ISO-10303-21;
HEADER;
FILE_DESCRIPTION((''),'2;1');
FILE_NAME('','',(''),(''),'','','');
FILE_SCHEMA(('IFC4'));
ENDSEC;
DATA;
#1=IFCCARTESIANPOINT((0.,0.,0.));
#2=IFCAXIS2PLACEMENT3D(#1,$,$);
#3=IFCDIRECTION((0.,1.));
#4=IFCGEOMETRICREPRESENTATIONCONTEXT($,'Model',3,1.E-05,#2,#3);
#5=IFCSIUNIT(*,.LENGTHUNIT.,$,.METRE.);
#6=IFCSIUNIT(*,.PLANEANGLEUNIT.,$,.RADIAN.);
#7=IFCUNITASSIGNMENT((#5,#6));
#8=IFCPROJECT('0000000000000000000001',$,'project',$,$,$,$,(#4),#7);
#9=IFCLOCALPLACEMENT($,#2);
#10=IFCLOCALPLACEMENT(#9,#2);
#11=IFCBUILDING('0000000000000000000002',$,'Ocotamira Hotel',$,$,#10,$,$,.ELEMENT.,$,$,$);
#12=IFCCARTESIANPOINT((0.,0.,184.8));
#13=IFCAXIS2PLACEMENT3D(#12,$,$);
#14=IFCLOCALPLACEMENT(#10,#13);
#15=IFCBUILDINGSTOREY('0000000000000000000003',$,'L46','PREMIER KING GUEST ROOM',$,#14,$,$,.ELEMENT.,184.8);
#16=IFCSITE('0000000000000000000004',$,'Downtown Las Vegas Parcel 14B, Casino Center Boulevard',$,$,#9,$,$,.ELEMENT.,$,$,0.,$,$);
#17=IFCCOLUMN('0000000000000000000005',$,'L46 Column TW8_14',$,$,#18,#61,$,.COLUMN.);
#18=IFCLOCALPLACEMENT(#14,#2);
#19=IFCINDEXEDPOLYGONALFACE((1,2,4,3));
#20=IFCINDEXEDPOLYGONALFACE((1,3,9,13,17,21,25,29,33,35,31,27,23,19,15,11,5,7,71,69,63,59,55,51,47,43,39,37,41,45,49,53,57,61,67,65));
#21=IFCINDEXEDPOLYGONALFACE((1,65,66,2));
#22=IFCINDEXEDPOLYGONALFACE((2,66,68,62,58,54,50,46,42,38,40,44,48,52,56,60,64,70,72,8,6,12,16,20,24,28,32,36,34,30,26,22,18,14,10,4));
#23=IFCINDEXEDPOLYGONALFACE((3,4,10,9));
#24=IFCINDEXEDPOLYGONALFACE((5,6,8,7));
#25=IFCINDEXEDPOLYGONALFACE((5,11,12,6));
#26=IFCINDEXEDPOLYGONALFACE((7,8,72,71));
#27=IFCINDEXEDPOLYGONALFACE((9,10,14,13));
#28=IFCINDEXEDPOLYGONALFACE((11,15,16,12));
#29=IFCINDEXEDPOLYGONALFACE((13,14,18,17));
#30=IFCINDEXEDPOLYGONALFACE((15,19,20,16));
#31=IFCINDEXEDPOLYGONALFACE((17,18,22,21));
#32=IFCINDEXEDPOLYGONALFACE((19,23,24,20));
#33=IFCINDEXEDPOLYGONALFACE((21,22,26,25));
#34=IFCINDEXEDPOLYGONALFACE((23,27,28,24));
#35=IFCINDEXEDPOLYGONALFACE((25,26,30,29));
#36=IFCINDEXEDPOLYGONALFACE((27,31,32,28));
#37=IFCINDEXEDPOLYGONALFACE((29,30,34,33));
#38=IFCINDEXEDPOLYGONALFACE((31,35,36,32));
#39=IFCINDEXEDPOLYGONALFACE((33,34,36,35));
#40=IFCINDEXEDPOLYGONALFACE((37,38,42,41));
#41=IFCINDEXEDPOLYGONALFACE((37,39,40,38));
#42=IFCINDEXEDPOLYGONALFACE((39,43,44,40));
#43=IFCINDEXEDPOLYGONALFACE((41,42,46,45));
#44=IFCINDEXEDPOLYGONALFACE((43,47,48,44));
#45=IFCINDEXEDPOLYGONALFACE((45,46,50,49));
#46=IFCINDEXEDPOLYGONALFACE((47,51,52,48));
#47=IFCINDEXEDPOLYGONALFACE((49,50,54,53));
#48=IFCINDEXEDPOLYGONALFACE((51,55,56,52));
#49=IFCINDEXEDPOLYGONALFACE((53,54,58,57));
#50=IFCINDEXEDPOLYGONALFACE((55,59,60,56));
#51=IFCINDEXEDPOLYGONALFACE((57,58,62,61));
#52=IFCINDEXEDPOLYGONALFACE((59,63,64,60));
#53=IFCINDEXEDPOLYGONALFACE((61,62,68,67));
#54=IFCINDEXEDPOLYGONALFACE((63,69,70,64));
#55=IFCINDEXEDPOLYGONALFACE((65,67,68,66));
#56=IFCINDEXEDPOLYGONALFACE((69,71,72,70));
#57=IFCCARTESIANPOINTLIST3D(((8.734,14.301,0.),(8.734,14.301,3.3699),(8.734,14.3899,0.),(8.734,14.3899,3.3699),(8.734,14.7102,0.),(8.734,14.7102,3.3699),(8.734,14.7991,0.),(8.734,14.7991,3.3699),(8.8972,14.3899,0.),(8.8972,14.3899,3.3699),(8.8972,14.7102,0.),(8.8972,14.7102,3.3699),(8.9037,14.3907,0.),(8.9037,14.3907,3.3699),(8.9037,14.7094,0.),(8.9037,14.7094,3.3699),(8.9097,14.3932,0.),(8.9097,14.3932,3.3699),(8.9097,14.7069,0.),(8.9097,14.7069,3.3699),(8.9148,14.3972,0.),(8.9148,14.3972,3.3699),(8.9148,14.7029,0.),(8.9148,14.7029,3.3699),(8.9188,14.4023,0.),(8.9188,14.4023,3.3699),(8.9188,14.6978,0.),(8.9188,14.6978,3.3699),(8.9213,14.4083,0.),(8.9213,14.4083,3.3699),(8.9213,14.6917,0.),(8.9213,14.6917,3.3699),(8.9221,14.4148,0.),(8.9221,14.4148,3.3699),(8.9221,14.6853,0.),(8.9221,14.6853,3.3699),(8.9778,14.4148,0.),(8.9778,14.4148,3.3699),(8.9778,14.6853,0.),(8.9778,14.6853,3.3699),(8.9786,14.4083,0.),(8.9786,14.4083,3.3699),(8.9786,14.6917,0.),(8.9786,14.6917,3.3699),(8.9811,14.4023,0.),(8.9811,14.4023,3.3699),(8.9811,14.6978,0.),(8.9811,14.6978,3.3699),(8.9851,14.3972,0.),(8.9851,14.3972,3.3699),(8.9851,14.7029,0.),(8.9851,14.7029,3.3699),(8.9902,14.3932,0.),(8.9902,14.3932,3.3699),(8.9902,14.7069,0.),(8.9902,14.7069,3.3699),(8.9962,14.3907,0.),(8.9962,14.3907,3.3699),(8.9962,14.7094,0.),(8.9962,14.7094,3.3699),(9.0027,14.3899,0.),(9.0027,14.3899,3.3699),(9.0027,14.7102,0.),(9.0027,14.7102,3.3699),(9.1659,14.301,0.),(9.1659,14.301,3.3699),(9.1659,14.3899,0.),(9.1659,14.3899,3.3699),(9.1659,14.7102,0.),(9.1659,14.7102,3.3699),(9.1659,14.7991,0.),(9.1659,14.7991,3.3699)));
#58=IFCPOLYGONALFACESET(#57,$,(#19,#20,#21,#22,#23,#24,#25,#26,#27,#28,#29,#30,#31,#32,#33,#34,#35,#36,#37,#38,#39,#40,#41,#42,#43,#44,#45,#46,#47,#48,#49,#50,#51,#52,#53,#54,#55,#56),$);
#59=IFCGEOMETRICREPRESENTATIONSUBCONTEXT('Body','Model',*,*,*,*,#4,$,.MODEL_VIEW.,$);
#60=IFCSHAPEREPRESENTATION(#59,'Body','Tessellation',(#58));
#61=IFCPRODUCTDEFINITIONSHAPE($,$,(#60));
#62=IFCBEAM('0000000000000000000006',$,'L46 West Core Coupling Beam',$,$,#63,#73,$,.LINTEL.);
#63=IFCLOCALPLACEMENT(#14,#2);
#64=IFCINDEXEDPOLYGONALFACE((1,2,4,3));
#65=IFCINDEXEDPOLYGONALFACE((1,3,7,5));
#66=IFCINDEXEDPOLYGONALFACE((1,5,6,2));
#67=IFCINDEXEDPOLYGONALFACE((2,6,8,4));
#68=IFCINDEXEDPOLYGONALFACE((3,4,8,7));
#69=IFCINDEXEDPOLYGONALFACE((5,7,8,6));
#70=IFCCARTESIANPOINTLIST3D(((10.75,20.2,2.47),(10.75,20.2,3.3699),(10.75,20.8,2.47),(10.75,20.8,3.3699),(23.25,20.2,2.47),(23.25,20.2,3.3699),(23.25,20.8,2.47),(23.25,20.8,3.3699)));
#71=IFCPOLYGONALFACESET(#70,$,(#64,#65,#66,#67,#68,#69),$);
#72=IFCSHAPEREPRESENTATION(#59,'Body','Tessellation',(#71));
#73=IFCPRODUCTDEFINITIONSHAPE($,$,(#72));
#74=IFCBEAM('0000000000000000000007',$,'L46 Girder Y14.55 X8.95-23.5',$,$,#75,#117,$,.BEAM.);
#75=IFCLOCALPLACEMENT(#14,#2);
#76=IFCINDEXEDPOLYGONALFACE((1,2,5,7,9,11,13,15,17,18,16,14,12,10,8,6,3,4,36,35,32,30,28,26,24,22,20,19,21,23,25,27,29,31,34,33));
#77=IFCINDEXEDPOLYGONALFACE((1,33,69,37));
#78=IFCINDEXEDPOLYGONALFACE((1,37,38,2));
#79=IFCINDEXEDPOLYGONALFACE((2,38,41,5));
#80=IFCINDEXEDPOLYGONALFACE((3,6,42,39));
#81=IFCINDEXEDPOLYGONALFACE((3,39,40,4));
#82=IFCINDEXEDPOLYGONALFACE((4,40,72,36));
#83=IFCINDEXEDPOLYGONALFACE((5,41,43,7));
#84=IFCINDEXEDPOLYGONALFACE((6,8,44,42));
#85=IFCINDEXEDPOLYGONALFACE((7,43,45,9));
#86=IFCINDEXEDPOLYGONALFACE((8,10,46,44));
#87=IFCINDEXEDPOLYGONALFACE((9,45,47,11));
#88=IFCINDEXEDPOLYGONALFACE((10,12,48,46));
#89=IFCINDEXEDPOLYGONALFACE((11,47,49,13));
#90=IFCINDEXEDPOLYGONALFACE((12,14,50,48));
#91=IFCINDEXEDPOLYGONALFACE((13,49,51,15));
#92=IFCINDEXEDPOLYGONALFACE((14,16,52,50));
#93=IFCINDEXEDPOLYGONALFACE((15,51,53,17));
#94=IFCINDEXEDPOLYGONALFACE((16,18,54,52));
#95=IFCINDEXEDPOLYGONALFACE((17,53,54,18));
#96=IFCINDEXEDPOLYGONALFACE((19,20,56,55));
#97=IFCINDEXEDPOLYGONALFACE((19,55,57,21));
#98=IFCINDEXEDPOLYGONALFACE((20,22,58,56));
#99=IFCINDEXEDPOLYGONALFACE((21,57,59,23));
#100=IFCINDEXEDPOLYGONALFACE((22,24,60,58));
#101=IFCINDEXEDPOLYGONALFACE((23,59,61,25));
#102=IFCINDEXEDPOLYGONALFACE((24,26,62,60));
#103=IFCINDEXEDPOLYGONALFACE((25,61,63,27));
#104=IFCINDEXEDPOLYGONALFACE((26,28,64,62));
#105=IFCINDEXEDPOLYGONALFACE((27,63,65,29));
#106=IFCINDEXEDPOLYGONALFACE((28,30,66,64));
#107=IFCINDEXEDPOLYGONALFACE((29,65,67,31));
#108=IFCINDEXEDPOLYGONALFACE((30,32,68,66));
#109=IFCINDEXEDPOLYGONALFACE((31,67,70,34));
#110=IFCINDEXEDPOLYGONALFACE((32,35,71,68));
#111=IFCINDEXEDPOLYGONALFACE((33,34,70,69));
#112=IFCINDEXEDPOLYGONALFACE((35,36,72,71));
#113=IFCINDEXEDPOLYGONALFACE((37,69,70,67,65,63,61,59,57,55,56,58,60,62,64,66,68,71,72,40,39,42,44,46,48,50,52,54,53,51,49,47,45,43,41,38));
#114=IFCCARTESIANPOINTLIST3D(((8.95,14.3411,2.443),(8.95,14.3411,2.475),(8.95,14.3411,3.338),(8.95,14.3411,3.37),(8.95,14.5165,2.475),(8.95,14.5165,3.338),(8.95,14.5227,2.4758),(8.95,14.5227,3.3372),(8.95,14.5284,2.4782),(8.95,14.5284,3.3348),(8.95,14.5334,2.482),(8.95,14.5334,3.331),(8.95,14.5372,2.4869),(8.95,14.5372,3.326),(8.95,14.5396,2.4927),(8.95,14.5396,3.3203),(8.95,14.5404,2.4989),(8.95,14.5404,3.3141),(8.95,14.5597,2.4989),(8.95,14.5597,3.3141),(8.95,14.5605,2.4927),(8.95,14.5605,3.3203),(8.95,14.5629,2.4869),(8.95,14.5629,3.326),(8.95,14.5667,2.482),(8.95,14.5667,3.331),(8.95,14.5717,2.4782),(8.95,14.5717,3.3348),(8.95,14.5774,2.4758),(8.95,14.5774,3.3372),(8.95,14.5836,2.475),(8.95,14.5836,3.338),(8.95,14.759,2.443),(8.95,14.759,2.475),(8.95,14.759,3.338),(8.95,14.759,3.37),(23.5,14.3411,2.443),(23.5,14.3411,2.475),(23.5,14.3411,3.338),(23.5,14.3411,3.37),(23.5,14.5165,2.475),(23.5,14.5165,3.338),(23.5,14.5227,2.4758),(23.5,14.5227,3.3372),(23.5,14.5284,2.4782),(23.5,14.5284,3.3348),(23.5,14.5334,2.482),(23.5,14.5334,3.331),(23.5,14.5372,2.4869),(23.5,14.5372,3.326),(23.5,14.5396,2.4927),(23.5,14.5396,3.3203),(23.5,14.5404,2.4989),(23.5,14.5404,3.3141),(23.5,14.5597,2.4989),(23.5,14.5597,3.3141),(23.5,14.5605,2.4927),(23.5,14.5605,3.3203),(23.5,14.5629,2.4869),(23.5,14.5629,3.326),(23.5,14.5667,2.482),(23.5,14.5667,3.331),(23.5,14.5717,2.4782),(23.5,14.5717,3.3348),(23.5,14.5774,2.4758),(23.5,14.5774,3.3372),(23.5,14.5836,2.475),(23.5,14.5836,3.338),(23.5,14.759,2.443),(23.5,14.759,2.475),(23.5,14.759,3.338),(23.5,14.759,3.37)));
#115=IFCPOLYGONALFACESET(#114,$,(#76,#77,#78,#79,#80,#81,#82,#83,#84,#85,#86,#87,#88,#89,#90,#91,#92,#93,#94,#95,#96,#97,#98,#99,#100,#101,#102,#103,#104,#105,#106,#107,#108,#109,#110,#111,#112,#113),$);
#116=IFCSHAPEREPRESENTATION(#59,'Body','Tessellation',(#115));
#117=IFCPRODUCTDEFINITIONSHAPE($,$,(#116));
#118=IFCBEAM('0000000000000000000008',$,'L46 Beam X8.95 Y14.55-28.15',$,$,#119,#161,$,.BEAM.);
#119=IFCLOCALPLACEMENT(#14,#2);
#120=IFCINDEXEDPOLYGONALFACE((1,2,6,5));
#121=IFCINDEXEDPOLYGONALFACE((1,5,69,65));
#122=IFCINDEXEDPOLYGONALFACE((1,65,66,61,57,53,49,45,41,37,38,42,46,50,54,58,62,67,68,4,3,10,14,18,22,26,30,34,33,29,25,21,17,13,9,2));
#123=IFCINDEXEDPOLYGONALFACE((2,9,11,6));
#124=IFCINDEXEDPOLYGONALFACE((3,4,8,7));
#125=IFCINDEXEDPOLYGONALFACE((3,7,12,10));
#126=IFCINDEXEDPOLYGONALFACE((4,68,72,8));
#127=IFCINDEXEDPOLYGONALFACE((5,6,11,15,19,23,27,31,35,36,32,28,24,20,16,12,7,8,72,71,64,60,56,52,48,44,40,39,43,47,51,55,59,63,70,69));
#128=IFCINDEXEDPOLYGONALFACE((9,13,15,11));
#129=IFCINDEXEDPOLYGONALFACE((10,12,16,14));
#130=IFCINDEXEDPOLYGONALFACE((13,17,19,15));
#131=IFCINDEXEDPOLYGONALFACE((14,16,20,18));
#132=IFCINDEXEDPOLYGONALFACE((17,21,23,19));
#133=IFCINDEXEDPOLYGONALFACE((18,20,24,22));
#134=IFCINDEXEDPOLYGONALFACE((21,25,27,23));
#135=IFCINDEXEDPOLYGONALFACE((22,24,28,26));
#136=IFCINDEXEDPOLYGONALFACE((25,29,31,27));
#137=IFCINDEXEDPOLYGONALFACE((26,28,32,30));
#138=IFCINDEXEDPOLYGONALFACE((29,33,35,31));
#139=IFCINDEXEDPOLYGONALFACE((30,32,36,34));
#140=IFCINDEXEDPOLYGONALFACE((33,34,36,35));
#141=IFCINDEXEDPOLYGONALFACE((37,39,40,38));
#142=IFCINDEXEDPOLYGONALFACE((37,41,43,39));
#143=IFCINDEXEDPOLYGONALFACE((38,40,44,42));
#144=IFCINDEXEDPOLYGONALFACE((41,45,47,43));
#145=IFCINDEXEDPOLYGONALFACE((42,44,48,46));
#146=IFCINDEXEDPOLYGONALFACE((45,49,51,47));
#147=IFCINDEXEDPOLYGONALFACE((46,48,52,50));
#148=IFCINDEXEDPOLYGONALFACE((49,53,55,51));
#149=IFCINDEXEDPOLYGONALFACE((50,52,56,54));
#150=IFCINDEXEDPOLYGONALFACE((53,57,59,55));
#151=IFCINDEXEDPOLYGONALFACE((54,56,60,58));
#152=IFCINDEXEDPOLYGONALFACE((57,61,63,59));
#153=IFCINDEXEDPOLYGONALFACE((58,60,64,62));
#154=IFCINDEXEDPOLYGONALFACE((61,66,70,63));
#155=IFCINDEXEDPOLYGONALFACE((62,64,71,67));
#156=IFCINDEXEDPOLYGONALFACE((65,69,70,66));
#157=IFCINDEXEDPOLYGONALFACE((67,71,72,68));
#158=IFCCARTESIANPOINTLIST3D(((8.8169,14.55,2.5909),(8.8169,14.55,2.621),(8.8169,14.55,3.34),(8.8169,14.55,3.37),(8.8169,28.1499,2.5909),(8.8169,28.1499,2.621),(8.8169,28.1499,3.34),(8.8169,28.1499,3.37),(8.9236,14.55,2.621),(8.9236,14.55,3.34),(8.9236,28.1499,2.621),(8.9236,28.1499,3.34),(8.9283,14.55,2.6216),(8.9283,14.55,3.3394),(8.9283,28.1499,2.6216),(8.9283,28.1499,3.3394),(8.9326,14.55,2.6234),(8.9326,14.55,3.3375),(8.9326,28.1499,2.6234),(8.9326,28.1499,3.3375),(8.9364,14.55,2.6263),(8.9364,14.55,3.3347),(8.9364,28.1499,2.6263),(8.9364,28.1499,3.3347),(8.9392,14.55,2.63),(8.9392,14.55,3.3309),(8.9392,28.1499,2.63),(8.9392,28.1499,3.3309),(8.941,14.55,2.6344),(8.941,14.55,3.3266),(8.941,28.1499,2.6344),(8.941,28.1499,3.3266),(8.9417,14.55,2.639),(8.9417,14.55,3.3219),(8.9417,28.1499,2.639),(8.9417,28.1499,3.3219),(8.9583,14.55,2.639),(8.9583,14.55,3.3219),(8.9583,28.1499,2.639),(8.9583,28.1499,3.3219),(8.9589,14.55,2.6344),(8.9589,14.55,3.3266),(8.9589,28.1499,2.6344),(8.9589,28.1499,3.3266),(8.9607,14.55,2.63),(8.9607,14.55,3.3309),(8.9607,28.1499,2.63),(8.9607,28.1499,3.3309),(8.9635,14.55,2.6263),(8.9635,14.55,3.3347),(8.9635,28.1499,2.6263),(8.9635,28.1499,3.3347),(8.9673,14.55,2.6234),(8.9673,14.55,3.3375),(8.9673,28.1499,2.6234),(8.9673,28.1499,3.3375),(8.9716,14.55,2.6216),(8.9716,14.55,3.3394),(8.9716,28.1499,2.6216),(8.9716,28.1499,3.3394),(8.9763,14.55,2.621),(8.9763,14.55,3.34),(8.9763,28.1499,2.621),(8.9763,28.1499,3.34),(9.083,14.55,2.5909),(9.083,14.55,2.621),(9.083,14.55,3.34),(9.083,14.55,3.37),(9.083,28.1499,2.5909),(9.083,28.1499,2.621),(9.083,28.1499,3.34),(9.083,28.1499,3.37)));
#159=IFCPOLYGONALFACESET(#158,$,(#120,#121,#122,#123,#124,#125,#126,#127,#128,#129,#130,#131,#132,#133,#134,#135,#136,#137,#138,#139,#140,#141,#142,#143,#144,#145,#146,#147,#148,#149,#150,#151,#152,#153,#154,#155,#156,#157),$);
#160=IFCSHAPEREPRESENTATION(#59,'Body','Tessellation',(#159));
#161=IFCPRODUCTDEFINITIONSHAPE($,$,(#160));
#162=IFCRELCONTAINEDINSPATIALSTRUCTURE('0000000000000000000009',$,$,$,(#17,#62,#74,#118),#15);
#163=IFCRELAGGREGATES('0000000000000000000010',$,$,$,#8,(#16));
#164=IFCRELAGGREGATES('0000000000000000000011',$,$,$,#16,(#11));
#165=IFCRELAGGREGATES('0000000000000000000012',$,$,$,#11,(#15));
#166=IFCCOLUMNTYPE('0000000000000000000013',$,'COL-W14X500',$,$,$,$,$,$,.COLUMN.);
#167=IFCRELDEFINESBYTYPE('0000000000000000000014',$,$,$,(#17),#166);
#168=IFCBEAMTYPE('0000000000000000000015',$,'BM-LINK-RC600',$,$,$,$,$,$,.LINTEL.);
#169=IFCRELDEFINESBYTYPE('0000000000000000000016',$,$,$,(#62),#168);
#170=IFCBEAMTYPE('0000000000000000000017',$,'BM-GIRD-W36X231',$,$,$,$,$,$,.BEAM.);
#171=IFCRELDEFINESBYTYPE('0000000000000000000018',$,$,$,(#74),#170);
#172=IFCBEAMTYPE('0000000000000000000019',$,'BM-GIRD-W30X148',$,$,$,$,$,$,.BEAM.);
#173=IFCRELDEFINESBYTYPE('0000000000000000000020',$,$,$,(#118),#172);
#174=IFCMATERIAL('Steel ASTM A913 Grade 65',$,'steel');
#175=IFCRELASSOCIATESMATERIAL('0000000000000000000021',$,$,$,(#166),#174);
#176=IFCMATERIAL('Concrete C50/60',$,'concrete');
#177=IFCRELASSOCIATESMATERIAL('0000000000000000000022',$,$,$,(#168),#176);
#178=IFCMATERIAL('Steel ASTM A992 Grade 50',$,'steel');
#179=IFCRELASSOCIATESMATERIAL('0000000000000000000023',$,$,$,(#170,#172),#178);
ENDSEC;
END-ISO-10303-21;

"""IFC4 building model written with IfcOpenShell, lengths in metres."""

from ifc_helpers import new_model, si_unit, direction, frame, origin, origin_2d, place, context, subcontext, project, spatial, rectangle, i_section, extrude, source, transform, mapped, material, material_profile, profile_set, type_object, element, save


model = new_model("IFC4")

# Units and contexts
model_context = context("Model", 3, precision=1e-05, world=origin(), true_north=direction((0.0, 1.0)))
body_context = subcontext(model_context, "Body", "Model", "MODEL_VIEW")
ifc_project = project(units=[si_unit("LENGTHUNIT", "METRE"), si_unit("PLANEANGLEUNIT", "RADIAN")], contexts=[model_context])

# Site, building, storey
site_placement = place(None, origin())
site = spatial("IfcSite", under=ifc_project, at=site_placement, Name="Downtown Las Vegas Parcel 14B, Casino Center Boulevard", CompositionType="ELEMENT", RefElevation=0.0)
building_placement = place(site_placement, origin())
building = spatial("IfcBuilding", under=site, at=building_placement, Name="Ocotamira Hotel", CompositionType="ELEMENT")
storey_placement = place(building_placement, frame((0.0, 0.0, 184.8)))
storey = spatial("IfcBuildingStorey", under=building, at=storey_placement, Name="L46", Description="PREMIER KING GUEST ROOM", CompositionType="ELEMENT", Elevation=184.8)

# Column
ifc_material_1 = material(Name="Steel ASTM A913 Grade 65", Category="steel")
ifc_material_profile_1 = material_profile(ifc_material_1, i_section(OverallWidth=0.4319, OverallDepth=0.498, WebThickness=0.0557, FlangeThickness=0.0889, FilletRadius=0.0249, at=origin_2d()), Name="W14X500")
ifc_profile_set_1 = profile_set([ifc_material_profile_1], Name="Steel ASTM A913 Grade 65")
column_type = type_object("IfcColumnType", Name="COL-W14X500", PredefinedType="COLUMN", material=ifc_profile_set_1)
shared_shape_1 = source(origin(), body_context, "Body", "SweptSolid", [
    extrude(i_section(OverallWidth=0.4319, OverallDepth=0.498, WebThickness=0.0557, FlangeThickness=0.0889, FilletRadius=0.0249, at=origin_2d()), origin(), (0.0, 0.0, 1.0), 3.3699),
])
column_placement = place(storey_placement, frame((8.95, 14.55, 0.0), z_axis=(0.0, 0.0, 1.0), x_axis=(1.0, 0.0, 0.0)))
element("IfcColumn", 1, at=column_placement, inside=storey, type_object=column_type, Name="L46 Column TW8_14", PredefinedType="COLUMN", context=body_context, shape_type="MappedRepresentation", body=[
    mapped(shared_shape_1, transform((0.0, 0.0, 0.0), scale=1.0)),
])

# Beams
ifc_material_2 = material(Name="Concrete C50/60", Category="concrete")
ifc_material_profile_2 = material_profile(ifc_material_2, rectangle(XDim=0.6001, YDim=0.8999, at=origin_2d()), Name="RC600X900")
ifc_profile_set_2 = profile_set([ifc_material_profile_2], Name="Concrete C50/60")
beam_type_1 = type_object("IfcBeamType", Name="BM-LINK-RC600", PredefinedType="LINTEL", material=ifc_profile_set_2)
shared_shape_2 = source(origin(), body_context, "Body", "SweptSolid", [
    extrude(rectangle(XDim=0.6001, YDim=0.8999, at=origin_2d()), origin(), (0.0, 0.0, 1.0), 12.5),
])
beam_1_placement = place(storey_placement, frame((10.75, 20.5, 2.9199), z_axis=(1.0, 0.0, 0.0), x_axis=(0.0, 1.0, 0.0)))
element("IfcBeam", 2, at=beam_1_placement, inside=storey, type_object=beam_type_1, Name="L46 West Core Coupling Beam", PredefinedType="LINTEL", context=body_context, shape_type="MappedRepresentation", body=[
    mapped(shared_shape_2, transform((0.0, 0.0, 0.0), scale=1.0)),
])
ifc_material_3 = material(Name="Steel ASTM A992 Grade 50", Category="steel")
ifc_material_profile_3 = material_profile(ifc_material_3, i_section(OverallWidth=0.418, OverallDepth=0.927, WebThickness=0.0193, FlangeThickness=0.032, FilletRadius=0.0239, at=origin_2d()), Name="W36X231")
ifc_profile_set_3 = profile_set([ifc_material_profile_3], Name="Steel ASTM A992 Grade 50")
beam_type_2 = type_object("IfcBeamType", Name="BM-GIRD-W36X231", PredefinedType="BEAM", material=ifc_profile_set_3)
shared_shape_3 = source(origin(), body_context, "Body", "SweptSolid", [
    extrude(i_section(OverallWidth=0.418, OverallDepth=0.927, WebThickness=0.0193, FlangeThickness=0.032, FilletRadius=0.0239, at=origin_2d()), origin(), (0.0, 0.0, 1.0), 14.55),
])
beam_2_placement = place(storey_placement, frame((8.95, 14.55, 2.9065), z_axis=(1.0, 0.0, 0.0), x_axis=(0.0, 1.0, 0.0)))
element("IfcBeam", 3, at=beam_2_placement, inside=storey, type_object=beam_type_2, Name="L46 Girder Y14.55 X8.95-23.5", PredefinedType="BEAM", context=body_context, shape_type="MappedRepresentation", body=[
    mapped(shared_shape_3, transform((0.0, 0.0, 0.0), scale=1.0)),
])
ifc_material_profile_4 = material_profile(ifc_material_3, i_section(OverallWidth=0.2661, OverallDepth=0.7791, WebThickness=0.0166, FlangeThickness=0.03, FilletRadius=0.0181, at=origin_2d()), Name="W30X148")
ifc_profile_set_4 = profile_set([ifc_material_profile_4], Name="Steel ASTM A992 Grade 50")
beam_type_3 = type_object("IfcBeamType", Name="BM-GIRD-W30X148", PredefinedType="BEAM", material=ifc_profile_set_4)
shared_shape_4 = source(origin(), body_context, "Body", "SweptSolid", [
    extrude(i_section(OverallWidth=0.2661, OverallDepth=0.7791, WebThickness=0.0166, FlangeThickness=0.03, FilletRadius=0.0181, at=origin_2d()), origin(), (0.0, 0.0, 1.0), 13.5999),
])
beam_3_placement = place(storey_placement, frame((8.95, 14.55, 2.9805), z_axis=(0.0, 1.0, 0.0), x_axis=(-1.0, 0.0, 0.0)))
element("IfcBeam", 4, at=beam_3_placement, inside=storey, type_object=beam_type_3, Name="L46 Beam X8.95 Y14.55-28.15", PredefinedType="BEAM", context=body_context, shape_type="MappedRepresentation", body=[
    mapped(shared_shape_4, transform((0.0, 0.0, 0.0), scale=1.0)),
])

save(model, "model.ifc")
